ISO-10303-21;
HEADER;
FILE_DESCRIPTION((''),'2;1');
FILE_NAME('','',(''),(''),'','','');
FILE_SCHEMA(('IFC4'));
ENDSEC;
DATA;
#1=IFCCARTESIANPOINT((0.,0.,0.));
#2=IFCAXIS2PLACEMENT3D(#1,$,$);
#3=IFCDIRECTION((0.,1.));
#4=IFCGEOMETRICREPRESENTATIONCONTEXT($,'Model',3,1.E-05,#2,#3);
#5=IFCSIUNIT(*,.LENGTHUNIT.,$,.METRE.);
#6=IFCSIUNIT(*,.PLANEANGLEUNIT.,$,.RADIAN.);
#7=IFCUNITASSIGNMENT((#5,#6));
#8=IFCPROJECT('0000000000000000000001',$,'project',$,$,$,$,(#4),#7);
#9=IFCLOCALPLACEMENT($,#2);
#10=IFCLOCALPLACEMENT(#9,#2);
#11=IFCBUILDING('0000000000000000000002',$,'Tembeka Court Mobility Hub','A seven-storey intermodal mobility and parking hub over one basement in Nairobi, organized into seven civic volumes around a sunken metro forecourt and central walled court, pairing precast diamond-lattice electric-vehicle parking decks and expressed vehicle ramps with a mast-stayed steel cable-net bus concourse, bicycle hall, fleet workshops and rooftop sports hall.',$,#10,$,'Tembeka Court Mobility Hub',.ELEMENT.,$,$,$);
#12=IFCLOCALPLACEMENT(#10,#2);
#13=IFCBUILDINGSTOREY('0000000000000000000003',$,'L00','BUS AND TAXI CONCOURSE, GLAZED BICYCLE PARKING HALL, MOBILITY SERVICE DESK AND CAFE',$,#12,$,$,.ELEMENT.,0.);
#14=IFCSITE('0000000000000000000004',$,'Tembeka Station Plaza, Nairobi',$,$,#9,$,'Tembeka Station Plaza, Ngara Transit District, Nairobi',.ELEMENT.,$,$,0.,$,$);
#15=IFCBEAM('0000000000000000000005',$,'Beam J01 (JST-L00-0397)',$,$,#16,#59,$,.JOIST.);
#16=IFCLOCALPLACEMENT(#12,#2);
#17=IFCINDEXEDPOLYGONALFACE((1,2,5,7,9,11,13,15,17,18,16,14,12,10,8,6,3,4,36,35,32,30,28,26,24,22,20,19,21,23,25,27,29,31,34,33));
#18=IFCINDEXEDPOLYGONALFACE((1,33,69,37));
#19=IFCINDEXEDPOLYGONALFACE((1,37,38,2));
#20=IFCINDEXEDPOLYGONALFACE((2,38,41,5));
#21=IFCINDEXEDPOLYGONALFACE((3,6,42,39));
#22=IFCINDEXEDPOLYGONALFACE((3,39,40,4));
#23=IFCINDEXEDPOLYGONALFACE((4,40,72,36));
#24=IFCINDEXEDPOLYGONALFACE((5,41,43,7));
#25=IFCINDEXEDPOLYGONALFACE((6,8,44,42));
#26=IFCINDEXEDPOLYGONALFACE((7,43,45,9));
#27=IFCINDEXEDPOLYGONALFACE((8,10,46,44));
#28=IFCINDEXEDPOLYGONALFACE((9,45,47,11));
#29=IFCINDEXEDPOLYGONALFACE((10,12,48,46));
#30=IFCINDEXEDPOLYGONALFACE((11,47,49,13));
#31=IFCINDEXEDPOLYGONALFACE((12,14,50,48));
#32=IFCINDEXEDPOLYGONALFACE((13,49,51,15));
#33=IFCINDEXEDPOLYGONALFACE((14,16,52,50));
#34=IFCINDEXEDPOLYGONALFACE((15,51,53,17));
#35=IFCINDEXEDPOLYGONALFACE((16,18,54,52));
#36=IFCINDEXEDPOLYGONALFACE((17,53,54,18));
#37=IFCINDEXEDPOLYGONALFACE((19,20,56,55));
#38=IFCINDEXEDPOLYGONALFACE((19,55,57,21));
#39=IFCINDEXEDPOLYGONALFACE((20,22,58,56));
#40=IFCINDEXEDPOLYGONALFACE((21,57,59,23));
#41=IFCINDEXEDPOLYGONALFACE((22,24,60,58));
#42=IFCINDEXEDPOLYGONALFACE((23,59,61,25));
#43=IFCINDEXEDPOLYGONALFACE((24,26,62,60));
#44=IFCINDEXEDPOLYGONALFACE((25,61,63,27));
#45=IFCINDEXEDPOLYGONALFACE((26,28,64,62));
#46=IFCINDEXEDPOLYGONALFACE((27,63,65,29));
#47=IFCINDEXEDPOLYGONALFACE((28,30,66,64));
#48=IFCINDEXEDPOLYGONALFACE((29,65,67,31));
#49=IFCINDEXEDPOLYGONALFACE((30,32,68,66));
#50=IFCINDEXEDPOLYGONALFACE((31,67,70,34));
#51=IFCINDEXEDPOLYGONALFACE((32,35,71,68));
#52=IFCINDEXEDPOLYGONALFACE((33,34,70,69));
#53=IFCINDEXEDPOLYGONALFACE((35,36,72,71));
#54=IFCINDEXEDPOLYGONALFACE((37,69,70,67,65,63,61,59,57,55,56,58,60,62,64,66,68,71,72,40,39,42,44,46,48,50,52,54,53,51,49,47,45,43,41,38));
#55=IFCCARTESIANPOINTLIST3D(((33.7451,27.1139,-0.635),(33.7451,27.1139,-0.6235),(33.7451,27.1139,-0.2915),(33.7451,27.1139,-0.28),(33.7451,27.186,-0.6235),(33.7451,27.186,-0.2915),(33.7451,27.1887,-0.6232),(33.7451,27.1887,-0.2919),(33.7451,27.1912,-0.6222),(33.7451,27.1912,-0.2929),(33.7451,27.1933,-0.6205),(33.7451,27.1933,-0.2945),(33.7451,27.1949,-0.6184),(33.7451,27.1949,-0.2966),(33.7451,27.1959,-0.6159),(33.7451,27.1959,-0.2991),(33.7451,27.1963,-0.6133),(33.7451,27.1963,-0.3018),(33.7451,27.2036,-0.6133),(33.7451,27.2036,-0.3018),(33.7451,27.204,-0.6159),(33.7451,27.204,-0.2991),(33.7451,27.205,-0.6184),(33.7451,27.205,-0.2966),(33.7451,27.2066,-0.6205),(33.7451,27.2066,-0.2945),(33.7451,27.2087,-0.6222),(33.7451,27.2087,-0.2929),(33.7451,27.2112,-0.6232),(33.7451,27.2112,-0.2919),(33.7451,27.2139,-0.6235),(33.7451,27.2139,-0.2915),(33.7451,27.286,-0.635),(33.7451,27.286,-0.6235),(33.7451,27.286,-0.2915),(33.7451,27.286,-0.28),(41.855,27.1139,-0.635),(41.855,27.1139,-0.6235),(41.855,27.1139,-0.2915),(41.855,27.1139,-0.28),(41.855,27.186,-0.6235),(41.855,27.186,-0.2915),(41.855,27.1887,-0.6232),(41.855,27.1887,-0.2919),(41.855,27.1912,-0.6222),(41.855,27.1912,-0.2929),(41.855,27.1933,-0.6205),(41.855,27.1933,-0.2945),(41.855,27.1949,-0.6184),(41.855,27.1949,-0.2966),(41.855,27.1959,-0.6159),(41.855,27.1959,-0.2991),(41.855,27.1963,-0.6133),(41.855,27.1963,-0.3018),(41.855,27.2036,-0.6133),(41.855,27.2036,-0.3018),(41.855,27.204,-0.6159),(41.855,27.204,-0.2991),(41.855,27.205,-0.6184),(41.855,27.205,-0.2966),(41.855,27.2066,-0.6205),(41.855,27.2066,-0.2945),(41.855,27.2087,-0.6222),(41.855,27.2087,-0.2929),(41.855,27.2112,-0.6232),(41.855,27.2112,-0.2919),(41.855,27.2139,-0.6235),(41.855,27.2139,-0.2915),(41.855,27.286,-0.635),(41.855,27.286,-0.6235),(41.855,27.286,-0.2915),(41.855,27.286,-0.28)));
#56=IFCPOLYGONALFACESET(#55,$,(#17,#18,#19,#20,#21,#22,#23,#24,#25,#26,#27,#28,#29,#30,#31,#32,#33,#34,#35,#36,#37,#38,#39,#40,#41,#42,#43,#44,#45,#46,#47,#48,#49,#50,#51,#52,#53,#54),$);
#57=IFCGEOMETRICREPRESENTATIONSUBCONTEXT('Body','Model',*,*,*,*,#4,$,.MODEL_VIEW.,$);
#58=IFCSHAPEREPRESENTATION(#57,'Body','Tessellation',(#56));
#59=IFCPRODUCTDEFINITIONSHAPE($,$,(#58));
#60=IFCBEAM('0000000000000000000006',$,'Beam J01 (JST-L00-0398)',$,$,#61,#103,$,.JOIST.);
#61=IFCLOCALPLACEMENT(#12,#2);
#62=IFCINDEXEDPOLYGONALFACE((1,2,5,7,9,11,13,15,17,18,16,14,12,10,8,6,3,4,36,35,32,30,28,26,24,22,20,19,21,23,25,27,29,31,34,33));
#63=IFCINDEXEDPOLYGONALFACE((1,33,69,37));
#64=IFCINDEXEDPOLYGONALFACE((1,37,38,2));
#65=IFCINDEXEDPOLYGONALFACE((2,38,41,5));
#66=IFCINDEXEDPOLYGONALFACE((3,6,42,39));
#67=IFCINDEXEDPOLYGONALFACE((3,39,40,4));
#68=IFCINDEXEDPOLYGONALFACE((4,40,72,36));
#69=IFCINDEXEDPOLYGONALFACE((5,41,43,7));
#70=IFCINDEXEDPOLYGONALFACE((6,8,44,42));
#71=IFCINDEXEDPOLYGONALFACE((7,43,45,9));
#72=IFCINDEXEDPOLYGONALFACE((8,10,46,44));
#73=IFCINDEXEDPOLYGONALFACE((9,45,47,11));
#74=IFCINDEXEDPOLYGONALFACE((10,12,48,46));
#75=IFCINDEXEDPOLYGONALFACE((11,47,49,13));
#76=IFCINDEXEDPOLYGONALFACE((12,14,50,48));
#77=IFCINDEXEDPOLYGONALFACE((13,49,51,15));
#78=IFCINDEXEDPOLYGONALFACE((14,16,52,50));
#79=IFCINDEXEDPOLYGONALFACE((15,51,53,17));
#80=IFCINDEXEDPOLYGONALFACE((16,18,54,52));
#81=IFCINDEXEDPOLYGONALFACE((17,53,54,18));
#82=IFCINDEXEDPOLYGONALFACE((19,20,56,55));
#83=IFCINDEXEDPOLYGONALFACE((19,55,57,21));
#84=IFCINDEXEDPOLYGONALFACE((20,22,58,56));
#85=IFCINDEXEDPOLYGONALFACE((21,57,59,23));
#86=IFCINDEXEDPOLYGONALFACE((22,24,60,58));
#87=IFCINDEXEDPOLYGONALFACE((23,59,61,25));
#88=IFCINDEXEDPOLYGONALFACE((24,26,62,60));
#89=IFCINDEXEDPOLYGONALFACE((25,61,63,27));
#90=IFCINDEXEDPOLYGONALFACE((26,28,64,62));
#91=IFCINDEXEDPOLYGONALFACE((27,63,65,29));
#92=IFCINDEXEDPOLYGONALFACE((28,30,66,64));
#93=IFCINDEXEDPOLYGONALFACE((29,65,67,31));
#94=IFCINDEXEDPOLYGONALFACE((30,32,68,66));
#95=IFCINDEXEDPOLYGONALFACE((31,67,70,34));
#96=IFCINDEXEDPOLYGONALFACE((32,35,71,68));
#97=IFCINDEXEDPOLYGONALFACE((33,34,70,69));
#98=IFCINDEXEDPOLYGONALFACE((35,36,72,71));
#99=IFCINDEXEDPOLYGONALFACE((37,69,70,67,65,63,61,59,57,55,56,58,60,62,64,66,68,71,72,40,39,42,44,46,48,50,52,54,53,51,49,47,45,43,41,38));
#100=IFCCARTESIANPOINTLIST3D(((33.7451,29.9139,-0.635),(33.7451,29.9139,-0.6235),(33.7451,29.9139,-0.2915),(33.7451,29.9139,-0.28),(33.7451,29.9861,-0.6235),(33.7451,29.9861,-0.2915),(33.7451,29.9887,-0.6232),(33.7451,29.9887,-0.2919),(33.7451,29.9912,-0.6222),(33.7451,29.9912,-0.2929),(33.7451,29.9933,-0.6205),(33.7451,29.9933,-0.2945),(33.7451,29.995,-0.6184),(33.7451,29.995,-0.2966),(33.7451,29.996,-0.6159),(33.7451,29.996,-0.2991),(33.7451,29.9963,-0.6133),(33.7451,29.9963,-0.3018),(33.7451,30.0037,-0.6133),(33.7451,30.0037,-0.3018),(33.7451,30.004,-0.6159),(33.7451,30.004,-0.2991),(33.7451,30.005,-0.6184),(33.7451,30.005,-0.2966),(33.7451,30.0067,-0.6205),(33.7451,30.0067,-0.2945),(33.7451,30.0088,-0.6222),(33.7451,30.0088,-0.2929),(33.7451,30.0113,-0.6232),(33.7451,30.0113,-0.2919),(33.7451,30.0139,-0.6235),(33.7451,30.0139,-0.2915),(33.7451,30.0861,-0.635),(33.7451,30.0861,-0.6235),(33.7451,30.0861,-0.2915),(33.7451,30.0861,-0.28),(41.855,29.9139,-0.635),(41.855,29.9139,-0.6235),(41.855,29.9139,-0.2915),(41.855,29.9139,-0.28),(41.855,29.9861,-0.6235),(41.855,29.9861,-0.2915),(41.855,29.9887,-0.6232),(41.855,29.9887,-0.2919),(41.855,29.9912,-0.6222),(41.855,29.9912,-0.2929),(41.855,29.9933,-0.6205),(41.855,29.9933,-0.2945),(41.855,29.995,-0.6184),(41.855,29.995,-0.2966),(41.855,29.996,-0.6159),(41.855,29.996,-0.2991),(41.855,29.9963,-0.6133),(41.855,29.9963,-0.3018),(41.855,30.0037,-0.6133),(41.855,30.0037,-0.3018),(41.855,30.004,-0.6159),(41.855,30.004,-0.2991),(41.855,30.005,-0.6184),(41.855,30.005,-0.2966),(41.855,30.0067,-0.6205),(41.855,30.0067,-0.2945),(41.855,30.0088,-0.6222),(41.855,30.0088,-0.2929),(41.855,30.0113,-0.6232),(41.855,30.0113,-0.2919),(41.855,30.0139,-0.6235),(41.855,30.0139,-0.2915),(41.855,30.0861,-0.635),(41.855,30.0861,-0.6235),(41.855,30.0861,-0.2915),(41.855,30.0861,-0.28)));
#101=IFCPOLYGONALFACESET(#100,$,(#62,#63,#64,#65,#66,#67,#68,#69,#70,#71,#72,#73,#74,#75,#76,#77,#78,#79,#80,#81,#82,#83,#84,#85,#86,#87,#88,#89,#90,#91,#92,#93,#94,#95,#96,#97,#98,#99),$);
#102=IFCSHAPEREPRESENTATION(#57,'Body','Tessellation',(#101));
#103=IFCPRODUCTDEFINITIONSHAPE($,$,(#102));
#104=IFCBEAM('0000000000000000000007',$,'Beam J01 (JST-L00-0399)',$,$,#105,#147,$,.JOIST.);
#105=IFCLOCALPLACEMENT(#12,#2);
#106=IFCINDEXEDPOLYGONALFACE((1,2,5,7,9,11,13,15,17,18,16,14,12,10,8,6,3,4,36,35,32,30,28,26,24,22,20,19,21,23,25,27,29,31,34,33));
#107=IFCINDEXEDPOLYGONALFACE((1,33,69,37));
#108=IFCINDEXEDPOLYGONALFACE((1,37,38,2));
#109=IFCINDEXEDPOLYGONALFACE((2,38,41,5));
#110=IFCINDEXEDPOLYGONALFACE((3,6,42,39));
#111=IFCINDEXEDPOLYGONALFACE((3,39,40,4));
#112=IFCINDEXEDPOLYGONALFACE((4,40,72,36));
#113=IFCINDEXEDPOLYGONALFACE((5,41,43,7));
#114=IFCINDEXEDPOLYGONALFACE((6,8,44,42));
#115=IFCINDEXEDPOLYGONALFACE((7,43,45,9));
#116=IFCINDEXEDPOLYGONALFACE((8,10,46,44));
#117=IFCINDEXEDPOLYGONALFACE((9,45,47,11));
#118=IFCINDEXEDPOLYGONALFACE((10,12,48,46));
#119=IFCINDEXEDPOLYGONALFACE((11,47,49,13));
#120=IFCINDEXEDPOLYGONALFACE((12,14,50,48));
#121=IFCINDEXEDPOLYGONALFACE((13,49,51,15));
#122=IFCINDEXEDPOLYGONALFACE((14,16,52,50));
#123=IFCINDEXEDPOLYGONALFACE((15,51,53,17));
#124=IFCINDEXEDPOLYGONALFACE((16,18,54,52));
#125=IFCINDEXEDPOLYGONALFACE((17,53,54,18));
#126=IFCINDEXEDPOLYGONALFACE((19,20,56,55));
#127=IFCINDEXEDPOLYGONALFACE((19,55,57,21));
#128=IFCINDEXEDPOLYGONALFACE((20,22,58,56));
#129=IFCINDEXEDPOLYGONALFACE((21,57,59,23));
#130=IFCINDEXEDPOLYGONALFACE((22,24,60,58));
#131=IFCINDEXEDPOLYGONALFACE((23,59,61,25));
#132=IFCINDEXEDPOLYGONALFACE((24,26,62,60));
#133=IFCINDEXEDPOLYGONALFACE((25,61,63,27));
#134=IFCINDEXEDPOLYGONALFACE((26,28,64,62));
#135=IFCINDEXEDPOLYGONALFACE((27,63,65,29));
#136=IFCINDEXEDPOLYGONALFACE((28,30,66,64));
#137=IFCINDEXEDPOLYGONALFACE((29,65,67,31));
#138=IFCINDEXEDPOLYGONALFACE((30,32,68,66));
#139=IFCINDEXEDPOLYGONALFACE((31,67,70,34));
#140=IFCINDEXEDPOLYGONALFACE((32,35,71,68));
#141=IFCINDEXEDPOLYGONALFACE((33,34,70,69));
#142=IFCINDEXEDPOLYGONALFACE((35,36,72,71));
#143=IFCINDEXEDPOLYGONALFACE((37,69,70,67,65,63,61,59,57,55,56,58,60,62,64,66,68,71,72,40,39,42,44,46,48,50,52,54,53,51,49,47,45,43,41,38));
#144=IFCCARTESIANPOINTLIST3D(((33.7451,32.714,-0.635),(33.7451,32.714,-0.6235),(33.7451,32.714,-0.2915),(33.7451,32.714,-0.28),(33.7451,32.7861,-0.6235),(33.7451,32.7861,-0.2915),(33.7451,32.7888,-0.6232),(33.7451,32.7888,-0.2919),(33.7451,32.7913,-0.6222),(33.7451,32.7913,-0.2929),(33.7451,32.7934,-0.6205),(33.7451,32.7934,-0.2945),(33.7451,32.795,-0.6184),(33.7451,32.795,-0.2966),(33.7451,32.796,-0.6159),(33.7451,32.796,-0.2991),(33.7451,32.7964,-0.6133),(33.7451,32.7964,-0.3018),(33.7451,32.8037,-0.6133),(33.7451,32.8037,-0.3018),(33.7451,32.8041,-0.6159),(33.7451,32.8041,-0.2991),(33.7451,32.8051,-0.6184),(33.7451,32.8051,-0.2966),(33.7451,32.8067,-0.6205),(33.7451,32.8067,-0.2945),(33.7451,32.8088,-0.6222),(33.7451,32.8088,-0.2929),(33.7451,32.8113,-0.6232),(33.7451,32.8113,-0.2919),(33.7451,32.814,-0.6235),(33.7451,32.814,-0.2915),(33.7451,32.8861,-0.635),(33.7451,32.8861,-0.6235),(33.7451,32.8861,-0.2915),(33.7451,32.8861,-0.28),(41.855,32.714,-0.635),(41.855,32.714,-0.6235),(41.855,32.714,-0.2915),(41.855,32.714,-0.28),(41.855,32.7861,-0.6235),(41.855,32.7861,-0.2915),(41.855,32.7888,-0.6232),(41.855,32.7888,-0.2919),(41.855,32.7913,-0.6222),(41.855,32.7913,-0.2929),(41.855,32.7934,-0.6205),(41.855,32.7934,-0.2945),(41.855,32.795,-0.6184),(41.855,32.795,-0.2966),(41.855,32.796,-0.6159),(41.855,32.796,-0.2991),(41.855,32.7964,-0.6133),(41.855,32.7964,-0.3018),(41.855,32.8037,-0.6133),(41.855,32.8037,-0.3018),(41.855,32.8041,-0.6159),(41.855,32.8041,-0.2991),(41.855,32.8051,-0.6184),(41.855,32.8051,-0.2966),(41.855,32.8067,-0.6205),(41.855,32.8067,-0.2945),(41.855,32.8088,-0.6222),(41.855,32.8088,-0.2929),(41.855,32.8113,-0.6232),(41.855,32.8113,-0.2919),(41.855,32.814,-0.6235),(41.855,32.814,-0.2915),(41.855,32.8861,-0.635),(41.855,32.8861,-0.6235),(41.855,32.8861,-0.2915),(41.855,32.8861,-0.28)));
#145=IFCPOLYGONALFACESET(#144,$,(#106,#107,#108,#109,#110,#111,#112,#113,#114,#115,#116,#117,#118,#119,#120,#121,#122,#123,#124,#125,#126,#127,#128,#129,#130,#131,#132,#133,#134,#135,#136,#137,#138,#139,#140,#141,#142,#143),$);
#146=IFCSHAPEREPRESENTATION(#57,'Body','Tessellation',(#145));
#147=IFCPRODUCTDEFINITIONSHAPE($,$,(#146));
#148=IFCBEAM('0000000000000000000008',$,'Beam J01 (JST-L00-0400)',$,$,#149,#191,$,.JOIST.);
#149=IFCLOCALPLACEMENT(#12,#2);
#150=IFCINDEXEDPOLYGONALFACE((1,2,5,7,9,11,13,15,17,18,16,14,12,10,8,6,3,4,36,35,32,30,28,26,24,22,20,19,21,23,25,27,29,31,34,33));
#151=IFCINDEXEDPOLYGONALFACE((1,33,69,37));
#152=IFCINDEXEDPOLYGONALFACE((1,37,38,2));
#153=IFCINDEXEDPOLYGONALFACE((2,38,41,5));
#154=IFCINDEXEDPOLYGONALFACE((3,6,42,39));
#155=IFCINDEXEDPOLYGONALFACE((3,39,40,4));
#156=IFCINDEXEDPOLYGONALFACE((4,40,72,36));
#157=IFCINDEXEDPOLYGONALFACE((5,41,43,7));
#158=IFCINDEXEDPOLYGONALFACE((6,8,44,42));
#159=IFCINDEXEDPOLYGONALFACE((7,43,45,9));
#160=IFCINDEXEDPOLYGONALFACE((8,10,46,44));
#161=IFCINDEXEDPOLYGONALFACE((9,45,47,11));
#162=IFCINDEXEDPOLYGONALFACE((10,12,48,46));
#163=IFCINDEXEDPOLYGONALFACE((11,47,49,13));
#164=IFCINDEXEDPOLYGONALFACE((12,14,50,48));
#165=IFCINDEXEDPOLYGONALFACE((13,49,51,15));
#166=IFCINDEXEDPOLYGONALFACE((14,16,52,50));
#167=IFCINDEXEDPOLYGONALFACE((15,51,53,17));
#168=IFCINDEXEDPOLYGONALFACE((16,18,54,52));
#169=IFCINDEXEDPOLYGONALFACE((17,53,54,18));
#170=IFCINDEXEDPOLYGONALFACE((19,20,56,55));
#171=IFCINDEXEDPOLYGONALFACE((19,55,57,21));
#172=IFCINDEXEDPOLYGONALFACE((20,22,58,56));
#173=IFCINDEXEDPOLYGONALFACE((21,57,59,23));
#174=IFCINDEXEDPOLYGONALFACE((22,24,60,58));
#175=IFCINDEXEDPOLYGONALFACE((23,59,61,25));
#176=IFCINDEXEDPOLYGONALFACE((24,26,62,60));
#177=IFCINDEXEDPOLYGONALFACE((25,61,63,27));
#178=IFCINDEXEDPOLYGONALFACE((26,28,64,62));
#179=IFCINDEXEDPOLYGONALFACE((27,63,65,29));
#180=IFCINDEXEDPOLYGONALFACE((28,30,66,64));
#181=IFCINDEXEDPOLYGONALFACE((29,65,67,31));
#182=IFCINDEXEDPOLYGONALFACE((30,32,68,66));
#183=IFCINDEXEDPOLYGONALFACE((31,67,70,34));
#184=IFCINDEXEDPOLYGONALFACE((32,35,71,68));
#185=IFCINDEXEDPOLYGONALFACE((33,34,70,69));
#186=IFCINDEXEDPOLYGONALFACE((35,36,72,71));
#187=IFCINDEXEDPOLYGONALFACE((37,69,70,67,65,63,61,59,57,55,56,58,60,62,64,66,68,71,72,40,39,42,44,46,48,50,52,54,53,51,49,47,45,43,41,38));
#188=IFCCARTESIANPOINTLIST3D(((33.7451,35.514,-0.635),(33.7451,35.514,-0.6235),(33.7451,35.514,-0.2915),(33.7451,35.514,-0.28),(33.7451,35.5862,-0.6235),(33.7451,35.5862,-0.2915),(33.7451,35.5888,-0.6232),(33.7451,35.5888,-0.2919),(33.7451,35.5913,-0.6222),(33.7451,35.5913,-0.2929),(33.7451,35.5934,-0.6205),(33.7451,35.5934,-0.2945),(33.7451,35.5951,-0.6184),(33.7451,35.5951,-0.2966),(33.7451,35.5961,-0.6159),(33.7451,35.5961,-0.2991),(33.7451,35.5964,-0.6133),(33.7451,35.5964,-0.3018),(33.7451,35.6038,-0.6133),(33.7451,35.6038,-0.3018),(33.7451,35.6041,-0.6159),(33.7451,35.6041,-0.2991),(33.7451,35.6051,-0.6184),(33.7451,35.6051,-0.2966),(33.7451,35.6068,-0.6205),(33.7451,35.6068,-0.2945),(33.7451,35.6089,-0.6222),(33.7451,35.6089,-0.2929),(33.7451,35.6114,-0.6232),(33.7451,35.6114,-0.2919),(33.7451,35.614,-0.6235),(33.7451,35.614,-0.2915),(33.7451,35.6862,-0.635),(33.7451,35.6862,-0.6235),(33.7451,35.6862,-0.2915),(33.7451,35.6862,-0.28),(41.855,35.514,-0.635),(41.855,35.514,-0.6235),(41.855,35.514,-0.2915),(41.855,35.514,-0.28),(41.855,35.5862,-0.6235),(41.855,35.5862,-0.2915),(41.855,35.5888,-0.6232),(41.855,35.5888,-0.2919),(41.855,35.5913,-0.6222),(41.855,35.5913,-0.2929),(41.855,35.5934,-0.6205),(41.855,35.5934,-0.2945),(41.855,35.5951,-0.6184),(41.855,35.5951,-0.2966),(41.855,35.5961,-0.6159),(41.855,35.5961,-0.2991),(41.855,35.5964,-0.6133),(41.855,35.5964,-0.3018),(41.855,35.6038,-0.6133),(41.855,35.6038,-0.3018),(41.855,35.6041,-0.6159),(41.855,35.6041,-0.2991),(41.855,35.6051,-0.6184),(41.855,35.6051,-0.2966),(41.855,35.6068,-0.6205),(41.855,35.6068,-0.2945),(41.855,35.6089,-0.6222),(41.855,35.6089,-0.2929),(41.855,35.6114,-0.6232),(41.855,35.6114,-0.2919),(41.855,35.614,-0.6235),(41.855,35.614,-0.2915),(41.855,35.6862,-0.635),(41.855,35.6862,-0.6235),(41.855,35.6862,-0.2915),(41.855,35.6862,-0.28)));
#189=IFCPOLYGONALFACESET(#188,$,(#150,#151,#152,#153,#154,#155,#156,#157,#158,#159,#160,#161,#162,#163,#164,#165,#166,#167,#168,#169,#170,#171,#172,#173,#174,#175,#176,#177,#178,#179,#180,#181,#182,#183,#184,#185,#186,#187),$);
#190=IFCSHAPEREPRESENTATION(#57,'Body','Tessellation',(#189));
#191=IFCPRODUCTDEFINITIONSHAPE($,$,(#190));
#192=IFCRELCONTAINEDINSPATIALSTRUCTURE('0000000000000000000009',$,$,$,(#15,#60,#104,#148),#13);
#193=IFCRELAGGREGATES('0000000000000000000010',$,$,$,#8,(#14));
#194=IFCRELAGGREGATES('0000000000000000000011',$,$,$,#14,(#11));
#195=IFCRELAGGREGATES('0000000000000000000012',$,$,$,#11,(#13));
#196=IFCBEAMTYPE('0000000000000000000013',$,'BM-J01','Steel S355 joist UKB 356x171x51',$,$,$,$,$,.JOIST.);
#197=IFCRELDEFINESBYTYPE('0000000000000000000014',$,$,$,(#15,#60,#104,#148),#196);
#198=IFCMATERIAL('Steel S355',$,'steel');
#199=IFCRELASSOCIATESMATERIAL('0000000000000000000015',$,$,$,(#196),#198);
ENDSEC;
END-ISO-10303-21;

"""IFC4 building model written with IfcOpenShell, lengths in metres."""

from ifc_helpers import new_model, si_unit, direction, frame, origin, origin_2d, place, context, subcontext, project, spatial, i_section, extrude, material, material_profile, profile_set, type_object, element, save


model = new_model("IFC4")

# Units and contexts
model_context = context("Model", 3, precision=1e-05, world=origin(), true_north=direction((0.0, 1.0)))
body_context = subcontext(model_context, "Body", "Model", "MODEL_VIEW")
ifc_project = project(units=[si_unit("LENGTHUNIT", "METRE"), si_unit("PLANEANGLEUNIT", "RADIAN")], contexts=[model_context])

# Site, building, storey
site_placement = place(None, origin())
site = spatial("IfcSite", under=ifc_project, at=site_placement, Name="Tembeka Station Plaza, Nairobi", LongName="Tembeka Station Plaza, Ngara Transit District, Nairobi", CompositionType="ELEMENT", RefElevation=0.0)
building_placement = place(site_placement, origin())
building = spatial("IfcBuilding", under=site, at=building_placement, Name="Tembeka Court Mobility Hub", Description="A seven-storey intermodal mobility and parking hub over one basement in Nairobi, organized into seven civic volumes around a sunken metro forecourt and central walled court, pairing precast diamond-lattice electric-vehicle parking decks and expressed vehicle ramps with a mast-stayed steel cable-net bus concourse, bicycle hall, fleet workshops and rooftop sports hall.", LongName="Tembeka Court Mobility Hub", CompositionType="ELEMENT")
storey_placement = place(building_placement, origin())
storey = spatial("IfcBuildingStorey", under=building, at=storey_placement, Name="L00", Description="BUS AND TAXI CONCOURSE, GLAZED BICYCLE PARKING HALL, MOBILITY SERVICE DESK AND CAFE", CompositionType="ELEMENT", Elevation=0.0)

# Shared definitions
ifc_material_1 = material(Name="Steel S355", Category="steel")

# Beams
ifc_material_profile_1 = material_profile(ifc_material_1, i_section(OverallWidth=0.1721, OverallDepth=0.355, WebThickness=0.0073, FlangeThickness=0.0115, FilletRadius=0.0103, at=origin_2d()), Name="UKB 356x171x51")
ifc_profile_set_1 = profile_set([ifc_material_profile_1], Name="Steel S355")
beam_type_1 = type_object("IfcBeamType", Name="BM-J01", Description="Steel S355 joist UKB 356x171x51", PredefinedType="JOIST", material=ifc_profile_set_1)
for number, where, z_axis, x_axis, name in (
    (1, (33.7451, 27.2, -0.4575), (1.0, 0.0, 0.0), (0.0, 1.0, 0.0), "Beam J01 (JST-L00-0397)"),
    (2, (33.7451, 30.0, -0.4575), (1.0, 0.0, 0.0), (0.0, 1.0, 0.0), "Beam J01 (JST-L00-0398)"),
    (3, (33.7451, 32.8, -0.4575), (1.0, 0.0, 0.0), (0.0, 1.0, 0.0), "Beam J01 (JST-L00-0399)"),
    (4, (33.7451, 35.6001, -0.4575), (1.0, 0.0, 0.0), (0.0, 1.0, 0.0), "Beam J01 (JST-L00-0400)"),
):
    element("IfcBeam", number, at=place(storey_placement, frame(where, z_axis=z_axis, x_axis=x_axis)), inside=storey, type_object=beam_type_1, Name=name, PredefinedType="JOIST", context=body_context, shape_type="SweptSolid", body=[
        extrude(i_section(OverallWidth=0.1721, OverallDepth=0.355, WebThickness=0.0073, FlangeThickness=0.0115, FilletRadius=0.0103, at=origin_2d()), origin(), (0.0, 0.0, 1.0), 8.1099),
    ])

save(model, "model.ifc")
